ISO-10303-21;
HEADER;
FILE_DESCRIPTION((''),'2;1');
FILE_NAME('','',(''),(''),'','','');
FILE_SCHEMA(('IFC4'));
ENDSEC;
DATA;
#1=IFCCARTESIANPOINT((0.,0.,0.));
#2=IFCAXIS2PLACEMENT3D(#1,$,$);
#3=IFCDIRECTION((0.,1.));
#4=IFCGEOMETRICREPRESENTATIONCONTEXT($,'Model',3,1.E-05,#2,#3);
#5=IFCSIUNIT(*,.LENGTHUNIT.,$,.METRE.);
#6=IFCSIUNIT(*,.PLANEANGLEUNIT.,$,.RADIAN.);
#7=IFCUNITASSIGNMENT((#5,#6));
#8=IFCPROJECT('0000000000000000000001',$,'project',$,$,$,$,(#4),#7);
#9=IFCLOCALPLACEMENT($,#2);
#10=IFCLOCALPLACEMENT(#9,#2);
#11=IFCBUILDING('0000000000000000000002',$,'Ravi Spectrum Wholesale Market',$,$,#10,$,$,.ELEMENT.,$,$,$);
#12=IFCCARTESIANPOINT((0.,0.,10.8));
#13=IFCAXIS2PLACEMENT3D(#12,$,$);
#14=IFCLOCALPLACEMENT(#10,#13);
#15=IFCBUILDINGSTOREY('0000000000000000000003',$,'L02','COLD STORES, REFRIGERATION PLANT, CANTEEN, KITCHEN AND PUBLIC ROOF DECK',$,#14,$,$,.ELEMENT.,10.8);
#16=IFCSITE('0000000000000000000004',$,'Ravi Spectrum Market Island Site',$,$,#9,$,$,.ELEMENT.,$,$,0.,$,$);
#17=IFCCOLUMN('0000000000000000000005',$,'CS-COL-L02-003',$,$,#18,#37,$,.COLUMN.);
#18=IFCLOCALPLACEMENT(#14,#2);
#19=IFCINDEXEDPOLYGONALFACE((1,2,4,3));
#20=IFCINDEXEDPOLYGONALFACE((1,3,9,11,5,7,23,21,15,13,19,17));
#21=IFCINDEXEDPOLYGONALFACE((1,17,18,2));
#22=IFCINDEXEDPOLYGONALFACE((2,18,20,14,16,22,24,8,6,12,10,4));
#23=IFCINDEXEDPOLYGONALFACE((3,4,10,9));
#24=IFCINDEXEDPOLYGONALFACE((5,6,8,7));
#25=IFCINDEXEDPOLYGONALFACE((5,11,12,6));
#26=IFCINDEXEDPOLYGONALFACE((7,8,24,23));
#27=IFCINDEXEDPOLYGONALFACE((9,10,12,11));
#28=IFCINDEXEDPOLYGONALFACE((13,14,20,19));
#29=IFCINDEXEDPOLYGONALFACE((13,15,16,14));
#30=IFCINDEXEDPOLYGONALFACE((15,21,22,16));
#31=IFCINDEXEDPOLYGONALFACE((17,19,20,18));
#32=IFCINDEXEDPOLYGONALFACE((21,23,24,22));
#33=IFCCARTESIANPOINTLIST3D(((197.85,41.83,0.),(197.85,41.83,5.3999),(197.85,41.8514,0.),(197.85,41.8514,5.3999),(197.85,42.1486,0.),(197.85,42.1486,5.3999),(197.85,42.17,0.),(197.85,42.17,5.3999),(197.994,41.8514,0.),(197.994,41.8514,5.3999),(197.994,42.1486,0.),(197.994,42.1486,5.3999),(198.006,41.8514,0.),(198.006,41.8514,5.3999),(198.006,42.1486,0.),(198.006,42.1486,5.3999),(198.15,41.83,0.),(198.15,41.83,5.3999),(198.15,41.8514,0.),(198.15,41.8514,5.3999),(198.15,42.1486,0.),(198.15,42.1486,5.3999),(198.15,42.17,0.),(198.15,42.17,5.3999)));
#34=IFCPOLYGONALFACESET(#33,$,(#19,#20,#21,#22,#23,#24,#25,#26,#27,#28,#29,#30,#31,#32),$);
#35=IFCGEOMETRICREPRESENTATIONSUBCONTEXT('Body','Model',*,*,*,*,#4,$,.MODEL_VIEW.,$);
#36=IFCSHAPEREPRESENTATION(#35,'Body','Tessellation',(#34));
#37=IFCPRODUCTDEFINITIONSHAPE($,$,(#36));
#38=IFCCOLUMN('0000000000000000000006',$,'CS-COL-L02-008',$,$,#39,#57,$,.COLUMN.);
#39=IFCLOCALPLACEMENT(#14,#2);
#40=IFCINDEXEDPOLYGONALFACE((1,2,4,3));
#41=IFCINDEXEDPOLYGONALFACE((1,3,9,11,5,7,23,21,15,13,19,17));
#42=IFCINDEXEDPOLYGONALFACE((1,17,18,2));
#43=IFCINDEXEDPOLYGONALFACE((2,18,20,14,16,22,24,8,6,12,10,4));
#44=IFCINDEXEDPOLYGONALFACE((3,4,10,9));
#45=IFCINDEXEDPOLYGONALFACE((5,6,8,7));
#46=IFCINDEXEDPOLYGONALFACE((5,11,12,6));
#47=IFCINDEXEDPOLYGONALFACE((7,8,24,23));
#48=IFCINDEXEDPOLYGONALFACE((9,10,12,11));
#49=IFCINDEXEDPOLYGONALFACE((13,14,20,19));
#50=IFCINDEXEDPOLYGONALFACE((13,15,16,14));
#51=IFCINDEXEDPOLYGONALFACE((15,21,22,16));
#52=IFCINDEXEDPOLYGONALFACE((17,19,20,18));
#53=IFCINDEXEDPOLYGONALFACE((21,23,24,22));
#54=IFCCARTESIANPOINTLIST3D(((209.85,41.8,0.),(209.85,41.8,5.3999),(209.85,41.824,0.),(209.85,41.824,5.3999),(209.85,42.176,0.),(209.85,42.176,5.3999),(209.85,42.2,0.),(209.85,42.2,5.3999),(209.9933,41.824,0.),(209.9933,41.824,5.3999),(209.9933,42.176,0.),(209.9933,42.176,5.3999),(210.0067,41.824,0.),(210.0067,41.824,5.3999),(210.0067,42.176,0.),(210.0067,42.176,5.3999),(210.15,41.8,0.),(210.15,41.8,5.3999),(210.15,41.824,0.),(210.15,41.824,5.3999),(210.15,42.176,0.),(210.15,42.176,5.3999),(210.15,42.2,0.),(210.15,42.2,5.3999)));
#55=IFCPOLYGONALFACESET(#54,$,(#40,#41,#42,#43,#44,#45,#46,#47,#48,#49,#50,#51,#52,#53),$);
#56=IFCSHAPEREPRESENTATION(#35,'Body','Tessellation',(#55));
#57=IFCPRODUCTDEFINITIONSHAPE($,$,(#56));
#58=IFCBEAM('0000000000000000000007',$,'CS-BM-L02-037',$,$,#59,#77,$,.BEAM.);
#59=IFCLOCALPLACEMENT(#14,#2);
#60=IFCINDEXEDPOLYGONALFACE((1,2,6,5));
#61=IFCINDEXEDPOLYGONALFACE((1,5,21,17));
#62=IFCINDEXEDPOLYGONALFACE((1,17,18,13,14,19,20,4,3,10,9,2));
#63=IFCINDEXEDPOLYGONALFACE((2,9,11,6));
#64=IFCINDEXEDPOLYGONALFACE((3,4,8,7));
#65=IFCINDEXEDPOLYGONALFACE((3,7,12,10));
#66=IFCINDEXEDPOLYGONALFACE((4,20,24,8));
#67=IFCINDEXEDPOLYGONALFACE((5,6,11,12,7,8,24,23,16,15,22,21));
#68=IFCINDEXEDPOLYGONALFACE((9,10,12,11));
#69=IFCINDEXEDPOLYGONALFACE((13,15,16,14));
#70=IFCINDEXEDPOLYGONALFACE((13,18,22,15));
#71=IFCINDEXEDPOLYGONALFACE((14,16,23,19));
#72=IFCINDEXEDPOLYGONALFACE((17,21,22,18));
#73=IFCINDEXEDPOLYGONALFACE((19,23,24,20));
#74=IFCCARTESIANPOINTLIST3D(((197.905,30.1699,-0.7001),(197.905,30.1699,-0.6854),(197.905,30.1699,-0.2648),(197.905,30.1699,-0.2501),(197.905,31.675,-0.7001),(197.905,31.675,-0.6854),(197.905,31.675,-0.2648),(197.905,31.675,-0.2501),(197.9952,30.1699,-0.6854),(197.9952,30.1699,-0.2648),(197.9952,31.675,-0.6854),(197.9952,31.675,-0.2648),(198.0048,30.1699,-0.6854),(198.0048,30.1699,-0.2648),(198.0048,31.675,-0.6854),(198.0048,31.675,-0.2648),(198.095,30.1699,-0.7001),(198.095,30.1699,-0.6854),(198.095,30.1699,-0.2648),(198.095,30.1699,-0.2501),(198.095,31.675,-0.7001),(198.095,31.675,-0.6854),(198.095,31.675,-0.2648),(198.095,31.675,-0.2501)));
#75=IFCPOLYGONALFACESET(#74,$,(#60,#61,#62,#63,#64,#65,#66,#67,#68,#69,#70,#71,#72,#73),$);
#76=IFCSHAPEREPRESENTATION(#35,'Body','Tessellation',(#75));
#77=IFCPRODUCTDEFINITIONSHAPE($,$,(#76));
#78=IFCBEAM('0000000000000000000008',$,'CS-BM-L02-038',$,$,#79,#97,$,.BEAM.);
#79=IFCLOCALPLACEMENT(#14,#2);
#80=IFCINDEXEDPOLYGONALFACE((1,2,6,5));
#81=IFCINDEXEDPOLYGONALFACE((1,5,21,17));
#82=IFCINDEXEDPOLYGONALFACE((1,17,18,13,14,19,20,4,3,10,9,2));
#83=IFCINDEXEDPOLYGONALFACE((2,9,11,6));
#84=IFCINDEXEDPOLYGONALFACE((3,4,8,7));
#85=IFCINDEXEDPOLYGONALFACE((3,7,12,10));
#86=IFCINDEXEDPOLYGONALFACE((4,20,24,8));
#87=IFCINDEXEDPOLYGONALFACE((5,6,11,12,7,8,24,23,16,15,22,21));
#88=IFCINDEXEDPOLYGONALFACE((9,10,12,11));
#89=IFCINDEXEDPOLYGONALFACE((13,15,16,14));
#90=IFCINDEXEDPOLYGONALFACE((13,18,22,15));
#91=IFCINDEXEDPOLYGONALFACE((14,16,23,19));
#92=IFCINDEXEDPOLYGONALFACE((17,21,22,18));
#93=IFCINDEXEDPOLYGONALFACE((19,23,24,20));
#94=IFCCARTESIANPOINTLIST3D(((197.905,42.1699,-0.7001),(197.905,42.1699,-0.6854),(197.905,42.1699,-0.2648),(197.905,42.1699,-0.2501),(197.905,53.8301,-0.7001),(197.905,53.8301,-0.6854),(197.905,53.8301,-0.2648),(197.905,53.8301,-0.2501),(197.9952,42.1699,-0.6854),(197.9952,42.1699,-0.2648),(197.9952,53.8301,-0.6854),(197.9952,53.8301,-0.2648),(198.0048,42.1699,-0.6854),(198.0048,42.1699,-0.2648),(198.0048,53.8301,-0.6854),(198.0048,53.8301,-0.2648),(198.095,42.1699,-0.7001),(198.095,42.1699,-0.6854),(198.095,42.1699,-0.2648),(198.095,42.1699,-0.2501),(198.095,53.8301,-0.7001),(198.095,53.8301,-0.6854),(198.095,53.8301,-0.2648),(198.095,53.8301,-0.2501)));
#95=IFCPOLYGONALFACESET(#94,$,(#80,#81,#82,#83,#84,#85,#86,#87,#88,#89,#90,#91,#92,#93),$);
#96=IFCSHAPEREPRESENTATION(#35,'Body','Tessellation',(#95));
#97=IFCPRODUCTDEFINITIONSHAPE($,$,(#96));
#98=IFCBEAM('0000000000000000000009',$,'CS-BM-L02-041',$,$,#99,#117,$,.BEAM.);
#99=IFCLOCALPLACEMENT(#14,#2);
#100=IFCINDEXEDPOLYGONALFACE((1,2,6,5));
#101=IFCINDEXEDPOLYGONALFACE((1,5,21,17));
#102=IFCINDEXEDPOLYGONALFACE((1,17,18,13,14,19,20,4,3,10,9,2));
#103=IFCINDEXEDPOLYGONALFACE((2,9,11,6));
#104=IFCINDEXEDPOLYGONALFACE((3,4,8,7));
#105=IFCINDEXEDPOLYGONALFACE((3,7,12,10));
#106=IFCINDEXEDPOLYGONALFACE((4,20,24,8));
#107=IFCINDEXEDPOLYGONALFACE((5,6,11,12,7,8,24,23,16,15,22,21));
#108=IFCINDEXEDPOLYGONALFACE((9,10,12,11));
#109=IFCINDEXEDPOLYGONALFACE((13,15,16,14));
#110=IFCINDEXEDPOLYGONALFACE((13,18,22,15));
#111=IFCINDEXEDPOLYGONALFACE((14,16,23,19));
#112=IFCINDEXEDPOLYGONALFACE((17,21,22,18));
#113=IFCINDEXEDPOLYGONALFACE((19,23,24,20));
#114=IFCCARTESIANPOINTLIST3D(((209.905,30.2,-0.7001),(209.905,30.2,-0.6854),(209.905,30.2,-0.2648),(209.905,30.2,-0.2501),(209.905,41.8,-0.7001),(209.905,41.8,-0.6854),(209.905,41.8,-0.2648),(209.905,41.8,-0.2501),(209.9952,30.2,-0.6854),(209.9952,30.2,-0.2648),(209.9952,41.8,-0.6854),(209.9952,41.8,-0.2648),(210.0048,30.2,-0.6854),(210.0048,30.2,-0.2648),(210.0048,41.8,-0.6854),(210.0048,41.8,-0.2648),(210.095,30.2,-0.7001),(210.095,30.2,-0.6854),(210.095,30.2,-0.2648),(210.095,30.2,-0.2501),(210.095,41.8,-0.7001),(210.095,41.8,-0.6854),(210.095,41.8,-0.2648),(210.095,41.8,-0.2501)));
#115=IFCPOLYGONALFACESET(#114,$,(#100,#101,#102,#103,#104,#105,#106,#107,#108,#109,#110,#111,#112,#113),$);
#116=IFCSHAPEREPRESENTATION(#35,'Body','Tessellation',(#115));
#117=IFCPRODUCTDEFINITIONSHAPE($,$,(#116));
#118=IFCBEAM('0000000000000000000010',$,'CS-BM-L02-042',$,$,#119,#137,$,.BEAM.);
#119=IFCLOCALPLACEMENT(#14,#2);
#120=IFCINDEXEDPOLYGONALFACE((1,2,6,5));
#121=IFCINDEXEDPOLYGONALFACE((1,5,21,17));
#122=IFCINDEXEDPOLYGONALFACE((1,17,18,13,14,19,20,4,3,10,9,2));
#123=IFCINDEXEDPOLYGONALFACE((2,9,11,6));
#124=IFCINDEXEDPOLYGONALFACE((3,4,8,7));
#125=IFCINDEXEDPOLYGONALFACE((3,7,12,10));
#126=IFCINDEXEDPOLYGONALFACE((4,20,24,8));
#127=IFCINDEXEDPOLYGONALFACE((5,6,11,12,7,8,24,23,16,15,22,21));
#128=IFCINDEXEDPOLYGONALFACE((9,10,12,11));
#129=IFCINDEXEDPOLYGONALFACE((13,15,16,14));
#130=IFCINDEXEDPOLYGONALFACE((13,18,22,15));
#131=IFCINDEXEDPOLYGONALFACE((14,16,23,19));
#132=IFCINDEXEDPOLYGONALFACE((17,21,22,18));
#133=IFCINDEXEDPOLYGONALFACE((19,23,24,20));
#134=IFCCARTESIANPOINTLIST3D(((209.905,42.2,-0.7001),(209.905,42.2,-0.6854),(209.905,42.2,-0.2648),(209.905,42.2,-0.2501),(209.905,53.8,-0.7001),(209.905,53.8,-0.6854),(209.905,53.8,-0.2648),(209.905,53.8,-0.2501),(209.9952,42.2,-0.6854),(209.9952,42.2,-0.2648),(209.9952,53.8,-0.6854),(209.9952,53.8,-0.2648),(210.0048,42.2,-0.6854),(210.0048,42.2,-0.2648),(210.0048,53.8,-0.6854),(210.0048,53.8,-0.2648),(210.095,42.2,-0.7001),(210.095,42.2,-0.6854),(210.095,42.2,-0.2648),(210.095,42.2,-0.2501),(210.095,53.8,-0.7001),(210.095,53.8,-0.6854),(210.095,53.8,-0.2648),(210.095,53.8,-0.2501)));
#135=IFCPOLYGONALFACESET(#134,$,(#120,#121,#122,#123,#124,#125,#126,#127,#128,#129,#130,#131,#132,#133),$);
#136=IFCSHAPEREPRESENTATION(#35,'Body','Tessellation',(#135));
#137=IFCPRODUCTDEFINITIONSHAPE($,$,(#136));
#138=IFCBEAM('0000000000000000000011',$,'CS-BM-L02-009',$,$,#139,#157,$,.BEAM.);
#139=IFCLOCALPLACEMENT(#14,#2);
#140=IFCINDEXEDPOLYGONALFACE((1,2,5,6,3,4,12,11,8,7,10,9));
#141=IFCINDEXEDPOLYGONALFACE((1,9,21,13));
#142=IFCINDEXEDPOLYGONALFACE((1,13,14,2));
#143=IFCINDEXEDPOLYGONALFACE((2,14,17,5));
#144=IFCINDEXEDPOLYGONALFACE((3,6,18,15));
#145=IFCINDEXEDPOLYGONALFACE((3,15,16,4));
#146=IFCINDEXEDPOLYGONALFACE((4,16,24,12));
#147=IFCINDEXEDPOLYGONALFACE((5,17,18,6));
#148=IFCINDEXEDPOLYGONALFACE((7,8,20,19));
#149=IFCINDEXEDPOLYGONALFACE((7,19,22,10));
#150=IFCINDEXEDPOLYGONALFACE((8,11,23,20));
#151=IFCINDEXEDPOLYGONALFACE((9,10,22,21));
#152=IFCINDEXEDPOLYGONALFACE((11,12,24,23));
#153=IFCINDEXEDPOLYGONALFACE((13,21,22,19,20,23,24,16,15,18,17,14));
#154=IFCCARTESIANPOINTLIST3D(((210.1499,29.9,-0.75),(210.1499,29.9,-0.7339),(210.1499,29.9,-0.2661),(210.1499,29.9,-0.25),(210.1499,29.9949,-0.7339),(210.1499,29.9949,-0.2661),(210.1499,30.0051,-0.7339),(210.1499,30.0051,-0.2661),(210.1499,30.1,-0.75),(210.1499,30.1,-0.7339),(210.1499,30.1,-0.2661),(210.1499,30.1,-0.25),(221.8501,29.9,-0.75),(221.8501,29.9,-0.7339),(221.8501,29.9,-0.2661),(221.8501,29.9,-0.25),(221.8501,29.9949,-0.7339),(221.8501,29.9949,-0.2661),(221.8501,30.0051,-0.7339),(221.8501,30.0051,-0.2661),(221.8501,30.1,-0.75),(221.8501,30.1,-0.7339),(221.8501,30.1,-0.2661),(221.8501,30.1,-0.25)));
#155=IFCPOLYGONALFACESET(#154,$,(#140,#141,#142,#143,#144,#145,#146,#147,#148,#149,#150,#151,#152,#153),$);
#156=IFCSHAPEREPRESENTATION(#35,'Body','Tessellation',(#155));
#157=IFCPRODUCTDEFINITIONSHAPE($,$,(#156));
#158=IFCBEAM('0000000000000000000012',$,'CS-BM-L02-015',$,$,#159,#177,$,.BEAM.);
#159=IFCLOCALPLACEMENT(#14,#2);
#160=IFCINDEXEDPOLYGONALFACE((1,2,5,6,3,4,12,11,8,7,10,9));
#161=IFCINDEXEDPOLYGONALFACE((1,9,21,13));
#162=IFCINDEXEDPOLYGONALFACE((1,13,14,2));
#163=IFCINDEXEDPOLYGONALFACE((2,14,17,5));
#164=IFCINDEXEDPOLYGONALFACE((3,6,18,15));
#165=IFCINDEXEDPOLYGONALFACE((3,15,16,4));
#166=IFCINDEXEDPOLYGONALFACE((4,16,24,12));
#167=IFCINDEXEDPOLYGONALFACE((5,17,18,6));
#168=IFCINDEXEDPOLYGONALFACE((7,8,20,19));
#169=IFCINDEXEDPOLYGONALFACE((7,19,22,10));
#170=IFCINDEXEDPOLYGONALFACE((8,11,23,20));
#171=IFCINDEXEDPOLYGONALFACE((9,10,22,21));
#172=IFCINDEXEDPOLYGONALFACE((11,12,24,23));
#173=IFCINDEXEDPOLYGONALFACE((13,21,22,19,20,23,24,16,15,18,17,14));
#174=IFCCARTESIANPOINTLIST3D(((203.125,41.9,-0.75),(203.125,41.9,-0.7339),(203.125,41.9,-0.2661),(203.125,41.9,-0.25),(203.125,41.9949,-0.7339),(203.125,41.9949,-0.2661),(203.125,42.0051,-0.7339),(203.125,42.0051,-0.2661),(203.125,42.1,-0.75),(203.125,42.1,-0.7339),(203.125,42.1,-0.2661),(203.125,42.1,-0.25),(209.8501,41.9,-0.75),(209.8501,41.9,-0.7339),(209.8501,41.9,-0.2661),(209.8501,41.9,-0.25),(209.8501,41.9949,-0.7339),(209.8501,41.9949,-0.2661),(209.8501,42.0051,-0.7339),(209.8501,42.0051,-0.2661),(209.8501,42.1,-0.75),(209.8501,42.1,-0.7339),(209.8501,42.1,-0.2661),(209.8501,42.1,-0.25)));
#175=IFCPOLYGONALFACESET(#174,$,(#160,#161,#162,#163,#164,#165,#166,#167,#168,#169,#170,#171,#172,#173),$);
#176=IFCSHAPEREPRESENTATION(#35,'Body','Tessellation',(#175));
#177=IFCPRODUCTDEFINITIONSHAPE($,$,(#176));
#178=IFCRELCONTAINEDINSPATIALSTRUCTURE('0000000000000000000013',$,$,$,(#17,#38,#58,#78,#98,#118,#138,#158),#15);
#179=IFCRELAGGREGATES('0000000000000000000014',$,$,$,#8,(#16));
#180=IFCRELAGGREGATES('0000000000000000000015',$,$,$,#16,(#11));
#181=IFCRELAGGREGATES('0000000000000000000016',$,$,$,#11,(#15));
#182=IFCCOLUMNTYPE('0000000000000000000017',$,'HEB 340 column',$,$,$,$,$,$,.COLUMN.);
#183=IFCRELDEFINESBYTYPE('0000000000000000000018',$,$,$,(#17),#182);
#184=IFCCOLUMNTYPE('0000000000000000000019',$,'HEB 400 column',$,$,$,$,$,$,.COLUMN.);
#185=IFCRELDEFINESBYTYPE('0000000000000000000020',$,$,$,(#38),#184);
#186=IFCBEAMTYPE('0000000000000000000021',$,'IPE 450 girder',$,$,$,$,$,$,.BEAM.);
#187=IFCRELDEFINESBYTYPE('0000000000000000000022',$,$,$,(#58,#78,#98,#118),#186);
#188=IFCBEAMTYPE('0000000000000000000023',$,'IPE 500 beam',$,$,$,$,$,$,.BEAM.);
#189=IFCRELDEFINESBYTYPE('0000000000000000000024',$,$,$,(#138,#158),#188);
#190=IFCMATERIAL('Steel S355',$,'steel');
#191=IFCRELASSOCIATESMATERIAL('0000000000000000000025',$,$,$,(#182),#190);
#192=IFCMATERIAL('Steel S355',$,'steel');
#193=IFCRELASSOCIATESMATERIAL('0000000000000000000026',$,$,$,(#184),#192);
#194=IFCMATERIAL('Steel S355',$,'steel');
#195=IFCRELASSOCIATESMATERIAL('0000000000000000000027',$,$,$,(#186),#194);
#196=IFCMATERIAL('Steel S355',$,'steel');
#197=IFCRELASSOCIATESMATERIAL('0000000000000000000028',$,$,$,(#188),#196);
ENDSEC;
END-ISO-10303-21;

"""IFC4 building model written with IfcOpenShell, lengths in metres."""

from ifc_helpers import new_model, si_unit, direction, frame, origin, origin_2d, place, context, subcontext, project, spatial, i_section, extrude, material, material_profile, profile_set, type_object, element, save


model = new_model("IFC4")

# Units and contexts
model_context = context("Model", 3, precision=1e-05, world=origin(), true_north=direction((0.0, 1.0)))
body_context = subcontext(model_context, "Body", "Model", "MODEL_VIEW")
ifc_project = project(units=[si_unit("LENGTHUNIT", "METRE"), si_unit("PLANEANGLEUNIT", "RADIAN")], contexts=[model_context])

# Site, building, storey
site_placement = place(None, origin())
site = spatial("IfcSite", under=ifc_project, at=site_placement, Name="Ravi Spectrum Market Island Site", CompositionType="ELEMENT", RefElevation=0.0)
building_placement = place(site_placement, origin())
building = spatial("IfcBuilding", under=site, at=building_placement, Name="Ravi Spectrum Wholesale Market", CompositionType="ELEMENT")
storey_placement = place(building_placement, frame((0.0, 0.0, 10.8)))
storey = spatial("IfcBuildingStorey", under=building, at=storey_placement, Name="L02", Description="COLD STORES, REFRIGERATION PLANT, CANTEEN, KITCHEN AND PUBLIC ROOF DECK", CompositionType="ELEMENT", Elevation=10.8)

# Columns
ifc_material_1 = material(Name="Steel S355", Category="steel")
ifc_material_profile_1 = material_profile(ifc_material_1, i_section(OverallWidth=0.3, OverallDepth=0.3401, WebThickness=0.012, FlangeThickness=0.0215, at=origin_2d()))
ifc_profile_set_1 = profile_set([ifc_material_profile_1], Name="Steel S355")
column_type_1 = type_object("IfcColumnType", Name="HEB 340 column", PredefinedType="COLUMN", material=ifc_profile_set_1)
column_1_placement = place(storey_placement, frame((198.0, 42.0, 0.0), z_axis=(0.0, 0.0, 1.0), x_axis=(1.0, 0.0, 0.0)))
element("IfcColumn", 1, at=column_1_placement, inside=storey, type_object=column_type_1, Name="CS-COL-L02-003", PredefinedType="COLUMN", context=body_context, shape_type="SweptSolid", body=[
    extrude(i_section(OverallWidth=0.3, OverallDepth=0.3401, WebThickness=0.012, FlangeThickness=0.0215, at=origin_2d()), origin(), (0.0, 0.0, 1.0), 5.3999),
])
ifc_material_2 = material(Name="Steel S355", Category="steel")
ifc_material_profile_2 = material_profile(ifc_material_2, i_section(OverallWidth=0.3, OverallDepth=0.3999, WebThickness=0.0134, FlangeThickness=0.0239, at=origin_2d()))
ifc_profile_set_2 = profile_set([ifc_material_profile_2], Name="Steel S355")
column_type_2 = type_object("IfcColumnType", Name="HEB 400 column", PredefinedType="COLUMN", material=ifc_profile_set_2)
column_2_placement = place(storey_placement, frame((210.0, 42.0, 0.0), z_axis=(0.0, 0.0, 1.0), x_axis=(1.0, 0.0, 0.0)))
element("IfcColumn", 2, at=column_2_placement, inside=storey, type_object=column_type_2, Name="CS-COL-L02-008", PredefinedType="COLUMN", context=body_context, shape_type="SweptSolid", body=[
    extrude(i_section(OverallWidth=0.3, OverallDepth=0.3999, WebThickness=0.0134, FlangeThickness=0.0239, at=origin_2d()), origin(), (0.0, 0.0, 1.0), 5.3999),
])

# Beams
ifc_material_3 = material(Name="Steel S355", Category="steel")
ifc_material_profile_3 = material_profile(ifc_material_3, i_section(OverallWidth=0.1899, OverallDepth=0.45, WebThickness=0.0095, FlangeThickness=0.0146, at=origin_2d()))
ifc_profile_set_3 = profile_set([ifc_material_profile_3], Name="Steel S355")
beam_type_1 = type_object("IfcBeamType", Name="IPE 450 girder", PredefinedType="BEAM", material=ifc_profile_set_3)
beam_1_placement = place(storey_placement, frame((198.0, 30.1699, -0.4751), z_axis=(0.0, 1.0, 0.0), x_axis=(-1.0, 0.0, 0.0)))
element("IfcBeam", 3, at=beam_1_placement, inside=storey, type_object=beam_type_1, Name="CS-BM-L02-037", PredefinedType="BEAM", context=body_context, shape_type="SweptSolid", body=[
    extrude(i_section(OverallWidth=0.1899, OverallDepth=0.45, WebThickness=0.0095, FlangeThickness=0.0146, at=origin_2d()), origin(), (0.0, 0.0, 1.0), 1.5051),
])
beam_2_placement = place(storey_placement, frame((198.0, 42.1699, -0.4751), z_axis=(0.0, 1.0, 0.0), x_axis=(-1.0, 0.0, 0.0)))
element("IfcBeam", 4, at=beam_2_placement, inside=storey, type_object=beam_type_1, Name="CS-BM-L02-038", PredefinedType="BEAM", context=body_context, shape_type="SweptSolid", body=[
    extrude(i_section(OverallWidth=0.1899, OverallDepth=0.45, WebThickness=0.0095, FlangeThickness=0.0146, at=origin_2d()), origin(), (0.0, 0.0, 1.0), 11.6602),
])
for number, where, z_axis, x_axis, name in (
    (5, (210.0, 30.2, -0.4751), (0.0, 1.0, 0.0), (-1.0, 0.0, 0.0), "CS-BM-L02-041"),
    (6, (210.0, 42.2, -0.4751), (0.0, 1.0, 0.0), (-1.0, 0.0, 0.0), "CS-BM-L02-042"),
):
    element("IfcBeam", number, at=place(storey_placement, frame(where, z_axis=z_axis, x_axis=x_axis)), inside=storey, type_object=beam_type_1, Name=name, PredefinedType="BEAM", context=body_context, shape_type="SweptSolid", body=[
        extrude(i_section(OverallWidth=0.1899, OverallDepth=0.45, WebThickness=0.0095, FlangeThickness=0.0146, at=origin_2d()), origin(), (0.0, 0.0, 1.0), 11.6001),
    ])
ifc_material_4 = material(Name="Steel S355", Category="steel")
ifc_material_profile_4 = material_profile(ifc_material_4, i_section(OverallWidth=0.2, OverallDepth=0.5, WebThickness=0.0103, FlangeThickness=0.0161, at=origin_2d()))
ifc_profile_set_4 = profile_set([ifc_material_profile_4], Name="Steel S355")
beam_type_2 = type_object("IfcBeamType", Name="IPE 500 beam", PredefinedType="BEAM", material=ifc_profile_set_4)
beam_3_placement = place(storey_placement, frame((210.1499, 30.0, -0.5), z_axis=(1.0, 0.0, 0.0), x_axis=(0.0, 1.0, 0.0)))
element("IfcBeam", 7, at=beam_3_placement, inside=storey, type_object=beam_type_2, Name="CS-BM-L02-009", PredefinedType="BEAM", context=body_context, shape_type="SweptSolid", body=[
    extrude(i_section(OverallWidth=0.2, OverallDepth=0.5, WebThickness=0.0103, FlangeThickness=0.0161, at=origin_2d()), origin(), (0.0, 0.0, 1.0), 11.7002),
])
beam_4_placement = place(storey_placement, frame((203.125, 42.0, -0.5), z_axis=(1.0, 0.0, 0.0), x_axis=(0.0, 1.0, 0.0)))
element("IfcBeam", 8, at=beam_4_placement, inside=storey, type_object=beam_type_2, Name="CS-BM-L02-015", PredefinedType="BEAM", context=body_context, shape_type="SweptSolid", body=[
    extrude(i_section(OverallWidth=0.2, OverallDepth=0.5, WebThickness=0.0103, FlangeThickness=0.0161, at=origin_2d()), origin(), (0.0, 0.0, 1.0), 6.7251),
])

save(model, "model.ifc")
